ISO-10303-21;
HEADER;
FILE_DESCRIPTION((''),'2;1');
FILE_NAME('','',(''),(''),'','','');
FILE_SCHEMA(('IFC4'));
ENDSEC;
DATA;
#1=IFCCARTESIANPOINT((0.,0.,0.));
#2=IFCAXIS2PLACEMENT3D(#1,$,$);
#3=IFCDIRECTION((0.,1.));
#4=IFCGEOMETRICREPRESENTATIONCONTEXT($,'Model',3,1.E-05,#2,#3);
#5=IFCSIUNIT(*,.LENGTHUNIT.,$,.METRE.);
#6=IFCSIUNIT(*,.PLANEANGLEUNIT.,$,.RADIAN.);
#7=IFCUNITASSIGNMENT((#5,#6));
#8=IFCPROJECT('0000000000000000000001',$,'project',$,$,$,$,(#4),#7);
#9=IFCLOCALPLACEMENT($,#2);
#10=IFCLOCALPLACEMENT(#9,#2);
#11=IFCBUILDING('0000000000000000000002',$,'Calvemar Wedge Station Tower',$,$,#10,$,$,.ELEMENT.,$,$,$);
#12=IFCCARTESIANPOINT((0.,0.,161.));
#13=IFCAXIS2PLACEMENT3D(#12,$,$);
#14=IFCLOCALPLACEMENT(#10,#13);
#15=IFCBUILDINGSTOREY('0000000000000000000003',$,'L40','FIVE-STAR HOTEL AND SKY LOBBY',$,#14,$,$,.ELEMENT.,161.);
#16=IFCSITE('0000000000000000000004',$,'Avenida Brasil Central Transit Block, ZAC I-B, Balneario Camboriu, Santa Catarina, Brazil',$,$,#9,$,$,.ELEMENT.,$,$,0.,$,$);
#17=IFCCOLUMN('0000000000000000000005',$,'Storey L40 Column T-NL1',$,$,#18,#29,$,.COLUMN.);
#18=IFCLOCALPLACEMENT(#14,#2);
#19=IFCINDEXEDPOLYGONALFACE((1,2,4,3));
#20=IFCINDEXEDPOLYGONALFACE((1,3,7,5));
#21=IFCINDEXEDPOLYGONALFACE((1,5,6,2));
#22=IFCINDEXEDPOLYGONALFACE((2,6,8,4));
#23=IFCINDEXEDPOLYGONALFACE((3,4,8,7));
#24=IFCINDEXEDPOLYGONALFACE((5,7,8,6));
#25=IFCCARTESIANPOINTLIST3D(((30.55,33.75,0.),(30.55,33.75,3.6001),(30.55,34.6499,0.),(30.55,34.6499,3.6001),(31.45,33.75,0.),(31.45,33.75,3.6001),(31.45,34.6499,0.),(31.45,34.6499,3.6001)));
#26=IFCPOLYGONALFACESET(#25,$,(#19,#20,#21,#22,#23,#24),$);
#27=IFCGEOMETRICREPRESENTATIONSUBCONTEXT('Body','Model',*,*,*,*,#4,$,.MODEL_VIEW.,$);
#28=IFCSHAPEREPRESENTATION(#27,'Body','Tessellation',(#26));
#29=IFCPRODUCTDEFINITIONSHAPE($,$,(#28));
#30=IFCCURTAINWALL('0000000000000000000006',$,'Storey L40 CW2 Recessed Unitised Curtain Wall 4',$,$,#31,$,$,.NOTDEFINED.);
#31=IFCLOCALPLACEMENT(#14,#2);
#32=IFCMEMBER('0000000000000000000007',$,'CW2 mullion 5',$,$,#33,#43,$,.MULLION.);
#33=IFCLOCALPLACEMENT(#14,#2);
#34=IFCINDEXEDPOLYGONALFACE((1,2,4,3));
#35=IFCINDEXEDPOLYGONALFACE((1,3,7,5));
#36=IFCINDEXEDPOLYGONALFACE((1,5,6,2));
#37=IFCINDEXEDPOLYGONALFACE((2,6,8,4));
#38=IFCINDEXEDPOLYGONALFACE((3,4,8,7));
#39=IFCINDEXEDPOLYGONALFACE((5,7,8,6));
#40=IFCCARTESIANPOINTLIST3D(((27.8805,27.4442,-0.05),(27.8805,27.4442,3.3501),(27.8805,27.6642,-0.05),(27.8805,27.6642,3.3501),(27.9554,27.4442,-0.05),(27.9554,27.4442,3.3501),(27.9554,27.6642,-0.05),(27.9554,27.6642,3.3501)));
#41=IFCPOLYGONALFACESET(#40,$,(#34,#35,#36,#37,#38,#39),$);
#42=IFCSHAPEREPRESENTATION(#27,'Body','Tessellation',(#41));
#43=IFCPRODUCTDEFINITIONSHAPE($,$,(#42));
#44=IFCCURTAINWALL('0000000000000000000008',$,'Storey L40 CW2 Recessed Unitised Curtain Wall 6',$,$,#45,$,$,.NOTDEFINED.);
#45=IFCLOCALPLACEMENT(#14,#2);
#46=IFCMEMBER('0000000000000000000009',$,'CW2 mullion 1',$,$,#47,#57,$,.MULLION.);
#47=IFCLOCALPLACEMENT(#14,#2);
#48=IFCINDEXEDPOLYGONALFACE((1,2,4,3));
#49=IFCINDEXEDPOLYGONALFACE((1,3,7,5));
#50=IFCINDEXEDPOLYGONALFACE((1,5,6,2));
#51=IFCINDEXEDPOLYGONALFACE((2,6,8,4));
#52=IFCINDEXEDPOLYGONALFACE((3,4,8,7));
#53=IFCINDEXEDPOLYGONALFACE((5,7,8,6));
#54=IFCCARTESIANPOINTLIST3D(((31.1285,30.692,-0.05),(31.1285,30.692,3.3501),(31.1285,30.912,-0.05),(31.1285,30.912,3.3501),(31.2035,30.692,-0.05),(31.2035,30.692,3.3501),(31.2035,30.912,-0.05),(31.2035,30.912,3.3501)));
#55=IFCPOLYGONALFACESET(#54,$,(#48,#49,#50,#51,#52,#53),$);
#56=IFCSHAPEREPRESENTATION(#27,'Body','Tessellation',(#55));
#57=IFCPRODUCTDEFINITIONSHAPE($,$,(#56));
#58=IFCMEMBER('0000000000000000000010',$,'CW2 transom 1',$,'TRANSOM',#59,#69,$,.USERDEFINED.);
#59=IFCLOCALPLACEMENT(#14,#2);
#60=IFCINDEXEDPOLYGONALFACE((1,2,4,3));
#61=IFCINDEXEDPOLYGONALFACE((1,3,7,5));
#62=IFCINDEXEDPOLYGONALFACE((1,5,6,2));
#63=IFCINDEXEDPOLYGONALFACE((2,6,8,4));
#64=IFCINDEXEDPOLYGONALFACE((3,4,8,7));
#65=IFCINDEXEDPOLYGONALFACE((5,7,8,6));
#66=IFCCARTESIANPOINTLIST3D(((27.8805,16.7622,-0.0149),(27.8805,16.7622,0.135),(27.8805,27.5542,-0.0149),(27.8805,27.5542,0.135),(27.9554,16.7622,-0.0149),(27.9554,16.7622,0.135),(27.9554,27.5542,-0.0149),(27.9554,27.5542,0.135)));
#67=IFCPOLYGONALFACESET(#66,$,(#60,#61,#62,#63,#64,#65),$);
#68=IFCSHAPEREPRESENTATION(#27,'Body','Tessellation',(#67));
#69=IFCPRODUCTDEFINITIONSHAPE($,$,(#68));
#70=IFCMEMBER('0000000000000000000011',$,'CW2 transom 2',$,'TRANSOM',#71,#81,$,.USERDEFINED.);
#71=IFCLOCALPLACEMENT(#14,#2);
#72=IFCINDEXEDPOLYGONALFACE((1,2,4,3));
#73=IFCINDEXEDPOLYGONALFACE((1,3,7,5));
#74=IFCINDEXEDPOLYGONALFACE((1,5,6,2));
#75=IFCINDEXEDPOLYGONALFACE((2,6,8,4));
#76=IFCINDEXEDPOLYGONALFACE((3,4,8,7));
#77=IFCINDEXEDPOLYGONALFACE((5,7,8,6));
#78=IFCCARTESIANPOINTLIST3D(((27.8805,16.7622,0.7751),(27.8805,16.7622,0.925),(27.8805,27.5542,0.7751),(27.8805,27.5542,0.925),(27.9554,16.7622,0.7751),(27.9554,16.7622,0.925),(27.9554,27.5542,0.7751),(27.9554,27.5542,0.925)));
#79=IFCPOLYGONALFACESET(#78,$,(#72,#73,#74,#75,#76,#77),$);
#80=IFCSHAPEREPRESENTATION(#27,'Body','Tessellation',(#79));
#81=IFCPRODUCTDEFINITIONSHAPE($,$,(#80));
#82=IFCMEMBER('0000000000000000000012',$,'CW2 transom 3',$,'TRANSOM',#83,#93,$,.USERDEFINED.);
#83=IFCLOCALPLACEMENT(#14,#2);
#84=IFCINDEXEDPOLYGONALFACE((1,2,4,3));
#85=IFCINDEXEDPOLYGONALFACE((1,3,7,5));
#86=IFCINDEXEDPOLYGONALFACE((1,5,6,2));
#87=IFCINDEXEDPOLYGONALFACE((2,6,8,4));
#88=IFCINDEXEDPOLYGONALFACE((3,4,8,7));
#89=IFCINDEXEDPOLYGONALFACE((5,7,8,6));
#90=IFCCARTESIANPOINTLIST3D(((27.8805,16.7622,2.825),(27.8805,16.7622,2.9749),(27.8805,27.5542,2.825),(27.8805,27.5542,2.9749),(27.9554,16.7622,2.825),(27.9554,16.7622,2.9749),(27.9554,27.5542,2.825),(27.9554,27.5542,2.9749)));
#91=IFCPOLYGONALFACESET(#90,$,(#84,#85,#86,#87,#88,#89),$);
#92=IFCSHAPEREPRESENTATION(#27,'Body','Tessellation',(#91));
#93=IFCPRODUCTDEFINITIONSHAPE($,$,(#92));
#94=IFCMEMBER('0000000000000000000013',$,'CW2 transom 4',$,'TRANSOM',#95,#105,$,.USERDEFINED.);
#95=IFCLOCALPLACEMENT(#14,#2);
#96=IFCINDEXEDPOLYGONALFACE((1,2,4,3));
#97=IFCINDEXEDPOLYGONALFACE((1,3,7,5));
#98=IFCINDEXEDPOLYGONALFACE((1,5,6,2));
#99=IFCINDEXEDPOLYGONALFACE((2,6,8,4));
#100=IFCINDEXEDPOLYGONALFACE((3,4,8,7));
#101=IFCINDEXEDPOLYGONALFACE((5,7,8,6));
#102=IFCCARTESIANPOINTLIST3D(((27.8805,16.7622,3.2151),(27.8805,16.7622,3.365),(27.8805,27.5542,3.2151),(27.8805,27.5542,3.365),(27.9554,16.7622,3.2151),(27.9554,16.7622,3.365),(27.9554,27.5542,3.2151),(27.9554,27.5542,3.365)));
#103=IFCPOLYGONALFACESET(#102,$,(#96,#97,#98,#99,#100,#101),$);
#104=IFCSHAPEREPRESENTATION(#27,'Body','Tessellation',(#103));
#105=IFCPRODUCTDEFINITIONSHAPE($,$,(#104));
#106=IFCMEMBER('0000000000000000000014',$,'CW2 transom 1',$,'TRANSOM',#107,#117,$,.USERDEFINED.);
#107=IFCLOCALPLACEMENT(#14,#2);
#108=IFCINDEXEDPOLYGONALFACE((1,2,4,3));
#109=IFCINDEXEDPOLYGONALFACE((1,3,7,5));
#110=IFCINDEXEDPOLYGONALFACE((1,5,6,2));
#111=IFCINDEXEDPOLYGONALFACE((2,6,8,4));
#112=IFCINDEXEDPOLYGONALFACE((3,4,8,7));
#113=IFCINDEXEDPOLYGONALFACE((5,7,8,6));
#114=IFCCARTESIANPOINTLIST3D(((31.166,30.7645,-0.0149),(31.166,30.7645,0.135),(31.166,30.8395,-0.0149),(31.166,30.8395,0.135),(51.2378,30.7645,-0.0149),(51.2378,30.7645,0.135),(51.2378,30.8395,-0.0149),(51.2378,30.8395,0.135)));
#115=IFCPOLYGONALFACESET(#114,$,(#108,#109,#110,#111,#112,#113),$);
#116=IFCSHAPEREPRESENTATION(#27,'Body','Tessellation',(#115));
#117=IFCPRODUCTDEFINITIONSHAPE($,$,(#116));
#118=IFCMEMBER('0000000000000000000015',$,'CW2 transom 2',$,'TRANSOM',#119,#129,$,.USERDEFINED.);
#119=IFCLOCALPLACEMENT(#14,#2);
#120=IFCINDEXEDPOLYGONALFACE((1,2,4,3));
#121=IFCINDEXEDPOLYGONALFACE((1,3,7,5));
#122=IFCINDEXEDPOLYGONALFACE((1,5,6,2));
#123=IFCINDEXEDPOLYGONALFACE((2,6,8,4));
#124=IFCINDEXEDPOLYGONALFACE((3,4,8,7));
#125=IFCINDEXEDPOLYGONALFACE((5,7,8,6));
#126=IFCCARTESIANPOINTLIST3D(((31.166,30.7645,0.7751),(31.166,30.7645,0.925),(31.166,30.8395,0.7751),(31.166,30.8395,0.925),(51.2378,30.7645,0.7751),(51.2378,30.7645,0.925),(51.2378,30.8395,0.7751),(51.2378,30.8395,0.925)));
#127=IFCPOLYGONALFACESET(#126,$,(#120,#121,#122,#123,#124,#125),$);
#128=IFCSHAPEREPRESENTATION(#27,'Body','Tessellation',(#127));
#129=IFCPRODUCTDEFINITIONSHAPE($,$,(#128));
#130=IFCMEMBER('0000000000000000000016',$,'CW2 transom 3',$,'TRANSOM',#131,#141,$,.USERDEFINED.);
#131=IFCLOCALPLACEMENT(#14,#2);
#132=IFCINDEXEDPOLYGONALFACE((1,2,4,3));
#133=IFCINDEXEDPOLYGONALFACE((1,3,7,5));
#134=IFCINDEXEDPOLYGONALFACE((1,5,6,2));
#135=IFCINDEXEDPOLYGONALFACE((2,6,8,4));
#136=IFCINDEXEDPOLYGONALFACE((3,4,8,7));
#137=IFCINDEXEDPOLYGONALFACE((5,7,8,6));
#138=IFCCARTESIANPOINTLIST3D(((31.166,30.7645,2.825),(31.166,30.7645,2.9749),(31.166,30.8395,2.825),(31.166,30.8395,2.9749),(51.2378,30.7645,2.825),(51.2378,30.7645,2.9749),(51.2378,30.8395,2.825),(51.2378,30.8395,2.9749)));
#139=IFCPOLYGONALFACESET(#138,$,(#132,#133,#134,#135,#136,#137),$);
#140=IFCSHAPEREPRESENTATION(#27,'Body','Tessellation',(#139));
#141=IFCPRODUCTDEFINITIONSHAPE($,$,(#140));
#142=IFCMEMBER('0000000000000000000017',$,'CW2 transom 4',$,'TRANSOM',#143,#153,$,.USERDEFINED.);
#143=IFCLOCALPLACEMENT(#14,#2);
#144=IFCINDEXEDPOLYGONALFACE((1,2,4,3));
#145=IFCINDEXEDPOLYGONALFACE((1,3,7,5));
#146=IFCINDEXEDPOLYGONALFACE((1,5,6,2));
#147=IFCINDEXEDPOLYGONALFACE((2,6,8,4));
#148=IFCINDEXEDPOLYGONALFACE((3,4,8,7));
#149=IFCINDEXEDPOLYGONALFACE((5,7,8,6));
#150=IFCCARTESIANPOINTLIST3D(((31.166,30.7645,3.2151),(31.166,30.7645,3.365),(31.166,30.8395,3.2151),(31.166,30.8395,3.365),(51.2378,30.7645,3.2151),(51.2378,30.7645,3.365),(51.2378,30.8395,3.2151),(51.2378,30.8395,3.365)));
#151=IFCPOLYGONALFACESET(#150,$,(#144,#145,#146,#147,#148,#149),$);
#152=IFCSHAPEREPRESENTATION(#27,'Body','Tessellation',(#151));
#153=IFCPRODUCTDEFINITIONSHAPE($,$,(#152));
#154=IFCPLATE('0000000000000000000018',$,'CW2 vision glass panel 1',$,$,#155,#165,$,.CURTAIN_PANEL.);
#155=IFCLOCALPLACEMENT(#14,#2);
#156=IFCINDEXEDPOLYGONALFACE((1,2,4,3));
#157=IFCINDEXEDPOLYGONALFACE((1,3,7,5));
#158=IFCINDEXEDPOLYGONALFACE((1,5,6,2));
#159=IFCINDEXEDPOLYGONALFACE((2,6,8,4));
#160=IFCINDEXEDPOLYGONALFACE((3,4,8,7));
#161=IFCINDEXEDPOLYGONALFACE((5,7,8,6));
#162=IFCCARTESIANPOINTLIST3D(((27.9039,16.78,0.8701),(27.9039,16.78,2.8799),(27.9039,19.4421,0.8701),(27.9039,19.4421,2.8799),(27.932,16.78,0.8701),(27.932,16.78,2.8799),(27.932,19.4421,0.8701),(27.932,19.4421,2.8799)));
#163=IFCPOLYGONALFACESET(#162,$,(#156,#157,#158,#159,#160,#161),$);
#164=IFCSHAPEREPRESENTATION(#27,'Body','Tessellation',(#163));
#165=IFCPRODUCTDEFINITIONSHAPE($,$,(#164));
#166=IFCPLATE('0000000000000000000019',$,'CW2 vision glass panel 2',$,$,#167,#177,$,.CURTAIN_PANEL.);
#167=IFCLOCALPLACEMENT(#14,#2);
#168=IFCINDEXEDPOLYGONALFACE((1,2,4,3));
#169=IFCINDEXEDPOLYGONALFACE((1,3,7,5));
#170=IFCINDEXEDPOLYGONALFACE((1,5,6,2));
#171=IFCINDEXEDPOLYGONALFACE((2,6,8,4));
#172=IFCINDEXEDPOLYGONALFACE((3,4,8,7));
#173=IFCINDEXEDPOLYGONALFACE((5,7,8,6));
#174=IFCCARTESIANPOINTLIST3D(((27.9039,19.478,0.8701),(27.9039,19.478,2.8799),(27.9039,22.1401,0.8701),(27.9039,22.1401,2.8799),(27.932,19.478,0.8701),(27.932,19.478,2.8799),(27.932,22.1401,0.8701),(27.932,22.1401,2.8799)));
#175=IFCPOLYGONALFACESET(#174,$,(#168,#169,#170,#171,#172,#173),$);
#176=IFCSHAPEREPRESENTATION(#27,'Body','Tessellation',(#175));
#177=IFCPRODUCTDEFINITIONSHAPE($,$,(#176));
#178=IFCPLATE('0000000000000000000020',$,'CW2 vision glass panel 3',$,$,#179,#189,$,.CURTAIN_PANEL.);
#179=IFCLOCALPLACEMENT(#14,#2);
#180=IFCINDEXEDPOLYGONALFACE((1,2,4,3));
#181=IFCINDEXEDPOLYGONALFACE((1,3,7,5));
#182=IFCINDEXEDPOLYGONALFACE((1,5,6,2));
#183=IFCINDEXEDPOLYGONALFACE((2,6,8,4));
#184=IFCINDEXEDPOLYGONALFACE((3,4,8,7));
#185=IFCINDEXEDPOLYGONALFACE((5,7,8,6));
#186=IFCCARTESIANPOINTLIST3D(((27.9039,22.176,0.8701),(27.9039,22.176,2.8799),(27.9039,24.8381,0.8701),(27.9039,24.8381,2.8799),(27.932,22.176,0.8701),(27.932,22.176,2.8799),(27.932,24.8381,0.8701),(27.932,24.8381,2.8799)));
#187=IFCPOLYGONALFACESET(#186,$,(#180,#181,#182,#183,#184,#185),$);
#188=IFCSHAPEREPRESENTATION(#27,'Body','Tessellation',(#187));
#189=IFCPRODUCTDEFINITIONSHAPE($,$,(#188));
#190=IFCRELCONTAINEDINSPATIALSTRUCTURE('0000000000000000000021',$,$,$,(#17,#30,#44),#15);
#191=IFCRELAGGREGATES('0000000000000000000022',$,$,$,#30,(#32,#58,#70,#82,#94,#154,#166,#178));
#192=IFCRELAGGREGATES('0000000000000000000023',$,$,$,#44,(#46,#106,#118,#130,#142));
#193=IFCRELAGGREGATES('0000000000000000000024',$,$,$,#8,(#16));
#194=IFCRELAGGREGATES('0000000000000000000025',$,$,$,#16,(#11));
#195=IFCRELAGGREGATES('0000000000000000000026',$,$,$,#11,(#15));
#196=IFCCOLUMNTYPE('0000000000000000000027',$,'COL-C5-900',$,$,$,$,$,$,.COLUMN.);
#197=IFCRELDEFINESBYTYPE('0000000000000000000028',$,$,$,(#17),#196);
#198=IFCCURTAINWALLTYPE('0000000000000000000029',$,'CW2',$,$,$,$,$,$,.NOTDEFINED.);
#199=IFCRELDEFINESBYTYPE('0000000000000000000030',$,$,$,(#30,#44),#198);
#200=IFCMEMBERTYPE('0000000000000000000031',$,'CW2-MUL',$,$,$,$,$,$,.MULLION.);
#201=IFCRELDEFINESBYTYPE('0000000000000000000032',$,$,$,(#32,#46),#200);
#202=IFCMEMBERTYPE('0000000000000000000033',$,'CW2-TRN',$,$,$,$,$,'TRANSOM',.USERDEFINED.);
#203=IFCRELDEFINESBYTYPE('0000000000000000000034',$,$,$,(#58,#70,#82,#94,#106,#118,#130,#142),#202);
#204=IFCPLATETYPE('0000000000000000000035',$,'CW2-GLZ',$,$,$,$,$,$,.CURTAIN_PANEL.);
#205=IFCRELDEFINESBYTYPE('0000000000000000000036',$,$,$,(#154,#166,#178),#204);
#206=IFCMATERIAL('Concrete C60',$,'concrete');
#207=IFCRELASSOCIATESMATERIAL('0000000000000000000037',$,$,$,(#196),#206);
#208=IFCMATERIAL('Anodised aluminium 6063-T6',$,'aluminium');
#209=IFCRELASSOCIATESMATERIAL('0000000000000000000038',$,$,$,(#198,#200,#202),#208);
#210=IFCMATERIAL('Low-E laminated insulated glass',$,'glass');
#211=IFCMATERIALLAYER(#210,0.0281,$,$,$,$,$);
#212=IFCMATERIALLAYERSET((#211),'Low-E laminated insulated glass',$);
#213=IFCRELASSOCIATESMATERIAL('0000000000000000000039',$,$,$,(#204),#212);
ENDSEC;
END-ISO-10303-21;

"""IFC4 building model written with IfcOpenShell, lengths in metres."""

from ifc_helpers import new_model, si_unit, direction, frame, frame_2d, origin, origin_2d, place, context, subcontext, project, spatial, rectangle, extrude, source, transform, mapped, material, layer, layer_set, material_profile, profile_set, type_object, element, aggregate, save


model = new_model("IFC4")

# Units and contexts
model_context = context("Model", 3, precision=1e-05, world=origin(), true_north=direction((0.0, 1.0)))
body_context = subcontext(model_context, "Body", "Model", "MODEL_VIEW")
ifc_project = project(units=[si_unit("LENGTHUNIT", "METRE"), si_unit("PLANEANGLEUNIT", "RADIAN")], contexts=[model_context])

# Site, building, storey
site_placement = place(None, origin())
site = spatial("IfcSite", under=ifc_project, at=site_placement, Name="Avenida Brasil Central Transit Block, ZAC I-B, Balneario Camboriu, Santa Catarina, Brazil", CompositionType="ELEMENT", RefElevation=0.0)
building_placement = place(site_placement, origin())
building = spatial("IfcBuilding", under=site, at=building_placement, Name="Calvemar Wedge Station Tower", CompositionType="ELEMENT")
storey_placement = place(building_placement, frame((0.0, 0.0, 161.0)))
storey = spatial("IfcBuildingStorey", under=building, at=storey_placement, Name="L40", Description="FIVE-STAR HOTEL AND SKY LOBBY", CompositionType="ELEMENT", Elevation=161.0)

# Column
ifc_material_1 = material(Name="Concrete C60", Category="concrete")
ifc_material_profile_1 = material_profile(ifc_material_1, rectangle(XDim=0.8999, YDim=0.8999, at=origin_2d()), Name="RC900x900")
ifc_profile_set_1 = profile_set([ifc_material_profile_1], Name="Concrete C60")
column_type = type_object("IfcColumnType", Name="COL-C5-900", PredefinedType="COLUMN", material=ifc_profile_set_1)
shared_shape_1 = source(origin(), body_context, "Body", "SweptSolid", [
    extrude(rectangle(XDim=0.8999, YDim=0.8999, at=origin_2d()), origin(), (0.0, 0.0, 1.0), 3.6001),
])
column_placement = place(storey_placement, frame((31.0, 34.2, 0.0), z_axis=(0.0, 0.0, 1.0), x_axis=(1.0, 0.0, 0.0)))
element("IfcColumn", 1, at=column_placement, inside=storey, type_object=column_type, Name="Storey L40 Column T-NL1", PredefinedType="COLUMN", context=body_context, shape_type="MappedRepresentation", body=[
    mapped(shared_shape_1, transform((0.0, 0.0, 0.0), scale=1.0)),
])

# Curtain walls, members
ifc_material_2 = material(Name="Anodised aluminium 6063-T6", Category="aluminium")
curtain_wall_type = type_object("IfcCurtainWallType", Name="CW2", PredefinedType="NOTDEFINED", material=ifc_material_2)
curtain_wall_1_placement = place(storey_placement, origin())
curtain_wall_1 = element("IfcCurtainWall", 2, at=curtain_wall_1_placement, inside=storey, type_object=curtain_wall_type, Name="Storey L40 CW2 Recessed Unitised Curtain Wall 4", PredefinedType="NOTDEFINED")
ifc_material_profile_2 = material_profile(ifc_material_2, rectangle(XDim=0.075, YDim=0.22, at=origin_2d()), Name="AL-MUL-75x220")
ifc_profile_set_2 = profile_set([ifc_material_profile_2], Name="Anodised aluminium 6063-T6")
member_type_1 = type_object("IfcMemberType", Name="CW2-MUL", PredefinedType="MULLION", material=ifc_profile_set_2)
shared_shape_2 = source(origin(), body_context, "Body", "SweptSolid", [
    extrude(rectangle(XDim=0.075, YDim=0.22, at=origin_2d()), origin(), (0.0, 0.0, 1.0), 3.4001),
])
member_1_placement = place(storey_placement, frame((27.918, 27.5542, -0.05), z_axis=(0.0, 0.0, 1.0), x_axis=(1.0, 0.0, 0.0)))
member_1 = element("IfcMember", 3, at=member_1_placement, type_object=member_type_1, Name="CW2 mullion 5", PredefinedType="MULLION", context=body_context, shape_type="MappedRepresentation", body=[
    mapped(shared_shape_2, transform((0.0, 0.0, 0.0), scale=1.0)),
])
curtain_wall_2_placement = place(storey_placement, origin())
curtain_wall_2 = element("IfcCurtainWall", 4, at=curtain_wall_2_placement, inside=storey, type_object=curtain_wall_type, Name="Storey L40 CW2 Recessed Unitised Curtain Wall 6", PredefinedType="NOTDEFINED")
member_2_placement = place(storey_placement, frame((31.166, 30.802, -0.05), z_axis=(0.0, 0.0, 1.0), x_axis=(1.0, 0.0, 0.0)))
member_2 = element("IfcMember", 5, at=member_2_placement, type_object=member_type_1, Name="CW2 mullion 1", PredefinedType="MULLION", context=body_context, shape_type="MappedRepresentation", body=[
    mapped(shared_shape_2, transform((0.0, 0.0, 0.0), scale=1.0)),
])

# Members
ifc_material_profile_3 = material_profile(ifc_material_2, rectangle(XDim=0.075, YDim=0.1499, at=origin_2d()), Name="AL-TRN-75x150")
ifc_profile_set_3 = profile_set([ifc_material_profile_3], Name="Anodised aluminium 6063-T6")
member_type_2 = type_object("IfcMemberType", Name="CW2-TRN", ElementType="TRANSOM", PredefinedType="USERDEFINED", material=ifc_profile_set_3)
shared_shape_3 = source(origin(), body_context, "Body", "SweptSolid", [
    extrude(rectangle(XDim=0.075, YDim=0.1499, at=origin_2d()), origin(), (0.0, 0.0, 1.0), 10.792),
])
member_3_placement = place(storey_placement, frame((27.918, 16.7622, 0.0601), z_axis=(0.0, 1.0, 0.0), x_axis=(-1.0, 0.0, 0.0)))
member_3 = element("IfcMember", 6, at=member_3_placement, type_object=member_type_2, Name="CW2 transom 1", ObjectType="TRANSOM", PredefinedType="USERDEFINED", context=body_context, shape_type="MappedRepresentation", body=[
    mapped(shared_shape_3, transform((0.0, 0.0, 0.0), scale=1.0)),
])
member_4_placement = place(storey_placement, frame((27.918, 16.7622, 0.8501), z_axis=(0.0, 1.0, 0.0), x_axis=(-1.0, 0.0, 0.0)))
member_4 = element("IfcMember", 7, at=member_4_placement, type_object=member_type_2, Name="CW2 transom 2", ObjectType="TRANSOM", PredefinedType="USERDEFINED", context=body_context, shape_type="MappedRepresentation", body=[
    mapped(shared_shape_3, transform((0.0, 0.0, 0.0), scale=1.0)),
])
member_5_placement = place(storey_placement, frame((27.918, 16.7622, 2.8999), z_axis=(0.0, 1.0, 0.0), x_axis=(-1.0, 0.0, 0.0)))
member_5 = element("IfcMember", 8, at=member_5_placement, type_object=member_type_2, Name="CW2 transom 3", ObjectType="TRANSOM", PredefinedType="USERDEFINED", context=body_context, shape_type="MappedRepresentation", body=[
    mapped(shared_shape_3, transform((0.0, 0.0, 0.0), scale=1.0)),
])
member_6_placement = place(storey_placement, frame((27.918, 16.7622, 3.29), z_axis=(0.0, 1.0, 0.0), x_axis=(-1.0, 0.0, 0.0)))
member_6 = element("IfcMember", 9, at=member_6_placement, type_object=member_type_2, Name="CW2 transom 4", ObjectType="TRANSOM", PredefinedType="USERDEFINED", context=body_context, shape_type="MappedRepresentation", body=[
    mapped(shared_shape_3, transform((0.0, 0.0, 0.0), scale=1.0)),
])
shared_shape_4 = source(origin(), body_context, "Body", "SweptSolid", [
    extrude(rectangle(XDim=0.075, YDim=0.1499, at=origin_2d()), origin(), (0.0, 0.0, 1.0), 20.0718),
])
member_7_placement = place(storey_placement, frame((31.166, 30.802, 0.0601), z_axis=(1.0, 0.0, 0.0), x_axis=(0.0, 1.0, 0.0)))
member_7 = element("IfcMember", 10, at=member_7_placement, type_object=member_type_2, Name="CW2 transom 1", ObjectType="TRANSOM", PredefinedType="USERDEFINED", context=body_context, shape_type="MappedRepresentation", body=[
    mapped(shared_shape_4, transform((0.0, 0.0, 0.0), scale=1.0)),
])
member_8_placement = place(storey_placement, frame((31.166, 30.802, 0.8501), z_axis=(1.0, 0.0, 0.0), x_axis=(0.0, 1.0, 0.0)))
member_8 = element("IfcMember", 11, at=member_8_placement, type_object=member_type_2, Name="CW2 transom 2", ObjectType="TRANSOM", PredefinedType="USERDEFINED", context=body_context, shape_type="MappedRepresentation", body=[
    mapped(shared_shape_4, transform((0.0, 0.0, 0.0), scale=1.0)),
])
member_9_placement = place(storey_placement, frame((31.166, 30.802, 2.8999), z_axis=(1.0, 0.0, 0.0), x_axis=(0.0, 1.0, 0.0)))
member_9 = element("IfcMember", 12, at=member_9_placement, type_object=member_type_2, Name="CW2 transom 3", ObjectType="TRANSOM", PredefinedType="USERDEFINED", context=body_context, shape_type="MappedRepresentation", body=[
    mapped(shared_shape_4, transform((0.0, 0.0, 0.0), scale=1.0)),
])
member_10_placement = place(storey_placement, frame((31.166, 30.802, 3.29), z_axis=(1.0, 0.0, 0.0), x_axis=(0.0, 1.0, 0.0)))
member_10 = element("IfcMember", 13, at=member_10_placement, type_object=member_type_2, Name="CW2 transom 4", ObjectType="TRANSOM", PredefinedType="USERDEFINED", context=body_context, shape_type="MappedRepresentation", body=[
    mapped(shared_shape_4, transform((0.0, 0.0, 0.0), scale=1.0)),
])

# Plates
ifc_material_3 = material(Name="Low-E laminated insulated glass", Category="glass")
ifc_layer_1 = layer(ifc_material_3, 0.0281)
ifc_layer_set_1 = layer_set([ifc_layer_1], Name="Low-E laminated insulated glass")
plate_type_1 = type_object("IfcPlateType", Name="CW2-GLZ", PredefinedType="CURTAIN_PANEL", material=ifc_layer_set_1)
plate_1_placement = place(storey_placement, frame((27.918, 16.78, 0.8701), z_axis=(0.0, 0.0, 1.0), x_axis=(0.0, 1.0, 0.0)))
plate_1 = element("IfcPlate", 14, at=plate_1_placement, type_object=plate_type_1, Name="CW2 vision glass panel 1", PredefinedType="CURTAIN_PANEL", context=body_context, shape_type="SweptSolid", body=[
    extrude(rectangle(XDim=2.6621, YDim=0.0281, at=frame_2d((1.3311, 0.0))), origin(), (0.0, 0.0, 1.0), 2.0098),
])
plate_2_placement = place(storey_placement, frame((27.918, 19.478, 0.8701), z_axis=(0.0, 0.0, 1.0), x_axis=(0.0, 1.0, 0.0)))
plate_2 = element("IfcPlate", 15, at=plate_2_placement, type_object=plate_type_1, Name="CW2 vision glass panel 2", PredefinedType="CURTAIN_PANEL", context=body_context, shape_type="SweptSolid", body=[
    extrude(rectangle(XDim=2.6621, YDim=0.0281, at=frame_2d((1.3311, 0.0))), origin(), (0.0, 0.0, 1.0), 2.0098),
])
plate_3_placement = place(storey_placement, frame((27.918, 22.176, 0.8701), z_axis=(0.0, 0.0, 1.0), x_axis=(0.0, 1.0, 0.0)))
plate_3 = element("IfcPlate", 16, at=plate_3_placement, type_object=plate_type_1, Name="CW2 vision glass panel 3", PredefinedType="CURTAIN_PANEL", context=body_context, shape_type="SweptSolid", body=[
    extrude(rectangle(XDim=2.6621, YDim=0.0281, at=frame_2d((1.3311, 0.0))), origin(), (0.0, 0.0, 1.0), 2.0098),
])
aggregate(curtain_wall_1, [member_1, member_3, member_4, member_5, member_6, plate_1, plate_2, plate_3])
aggregate(curtain_wall_2, [member_2, member_7, member_8, member_9, member_10])

save(model, "model.ifc")
